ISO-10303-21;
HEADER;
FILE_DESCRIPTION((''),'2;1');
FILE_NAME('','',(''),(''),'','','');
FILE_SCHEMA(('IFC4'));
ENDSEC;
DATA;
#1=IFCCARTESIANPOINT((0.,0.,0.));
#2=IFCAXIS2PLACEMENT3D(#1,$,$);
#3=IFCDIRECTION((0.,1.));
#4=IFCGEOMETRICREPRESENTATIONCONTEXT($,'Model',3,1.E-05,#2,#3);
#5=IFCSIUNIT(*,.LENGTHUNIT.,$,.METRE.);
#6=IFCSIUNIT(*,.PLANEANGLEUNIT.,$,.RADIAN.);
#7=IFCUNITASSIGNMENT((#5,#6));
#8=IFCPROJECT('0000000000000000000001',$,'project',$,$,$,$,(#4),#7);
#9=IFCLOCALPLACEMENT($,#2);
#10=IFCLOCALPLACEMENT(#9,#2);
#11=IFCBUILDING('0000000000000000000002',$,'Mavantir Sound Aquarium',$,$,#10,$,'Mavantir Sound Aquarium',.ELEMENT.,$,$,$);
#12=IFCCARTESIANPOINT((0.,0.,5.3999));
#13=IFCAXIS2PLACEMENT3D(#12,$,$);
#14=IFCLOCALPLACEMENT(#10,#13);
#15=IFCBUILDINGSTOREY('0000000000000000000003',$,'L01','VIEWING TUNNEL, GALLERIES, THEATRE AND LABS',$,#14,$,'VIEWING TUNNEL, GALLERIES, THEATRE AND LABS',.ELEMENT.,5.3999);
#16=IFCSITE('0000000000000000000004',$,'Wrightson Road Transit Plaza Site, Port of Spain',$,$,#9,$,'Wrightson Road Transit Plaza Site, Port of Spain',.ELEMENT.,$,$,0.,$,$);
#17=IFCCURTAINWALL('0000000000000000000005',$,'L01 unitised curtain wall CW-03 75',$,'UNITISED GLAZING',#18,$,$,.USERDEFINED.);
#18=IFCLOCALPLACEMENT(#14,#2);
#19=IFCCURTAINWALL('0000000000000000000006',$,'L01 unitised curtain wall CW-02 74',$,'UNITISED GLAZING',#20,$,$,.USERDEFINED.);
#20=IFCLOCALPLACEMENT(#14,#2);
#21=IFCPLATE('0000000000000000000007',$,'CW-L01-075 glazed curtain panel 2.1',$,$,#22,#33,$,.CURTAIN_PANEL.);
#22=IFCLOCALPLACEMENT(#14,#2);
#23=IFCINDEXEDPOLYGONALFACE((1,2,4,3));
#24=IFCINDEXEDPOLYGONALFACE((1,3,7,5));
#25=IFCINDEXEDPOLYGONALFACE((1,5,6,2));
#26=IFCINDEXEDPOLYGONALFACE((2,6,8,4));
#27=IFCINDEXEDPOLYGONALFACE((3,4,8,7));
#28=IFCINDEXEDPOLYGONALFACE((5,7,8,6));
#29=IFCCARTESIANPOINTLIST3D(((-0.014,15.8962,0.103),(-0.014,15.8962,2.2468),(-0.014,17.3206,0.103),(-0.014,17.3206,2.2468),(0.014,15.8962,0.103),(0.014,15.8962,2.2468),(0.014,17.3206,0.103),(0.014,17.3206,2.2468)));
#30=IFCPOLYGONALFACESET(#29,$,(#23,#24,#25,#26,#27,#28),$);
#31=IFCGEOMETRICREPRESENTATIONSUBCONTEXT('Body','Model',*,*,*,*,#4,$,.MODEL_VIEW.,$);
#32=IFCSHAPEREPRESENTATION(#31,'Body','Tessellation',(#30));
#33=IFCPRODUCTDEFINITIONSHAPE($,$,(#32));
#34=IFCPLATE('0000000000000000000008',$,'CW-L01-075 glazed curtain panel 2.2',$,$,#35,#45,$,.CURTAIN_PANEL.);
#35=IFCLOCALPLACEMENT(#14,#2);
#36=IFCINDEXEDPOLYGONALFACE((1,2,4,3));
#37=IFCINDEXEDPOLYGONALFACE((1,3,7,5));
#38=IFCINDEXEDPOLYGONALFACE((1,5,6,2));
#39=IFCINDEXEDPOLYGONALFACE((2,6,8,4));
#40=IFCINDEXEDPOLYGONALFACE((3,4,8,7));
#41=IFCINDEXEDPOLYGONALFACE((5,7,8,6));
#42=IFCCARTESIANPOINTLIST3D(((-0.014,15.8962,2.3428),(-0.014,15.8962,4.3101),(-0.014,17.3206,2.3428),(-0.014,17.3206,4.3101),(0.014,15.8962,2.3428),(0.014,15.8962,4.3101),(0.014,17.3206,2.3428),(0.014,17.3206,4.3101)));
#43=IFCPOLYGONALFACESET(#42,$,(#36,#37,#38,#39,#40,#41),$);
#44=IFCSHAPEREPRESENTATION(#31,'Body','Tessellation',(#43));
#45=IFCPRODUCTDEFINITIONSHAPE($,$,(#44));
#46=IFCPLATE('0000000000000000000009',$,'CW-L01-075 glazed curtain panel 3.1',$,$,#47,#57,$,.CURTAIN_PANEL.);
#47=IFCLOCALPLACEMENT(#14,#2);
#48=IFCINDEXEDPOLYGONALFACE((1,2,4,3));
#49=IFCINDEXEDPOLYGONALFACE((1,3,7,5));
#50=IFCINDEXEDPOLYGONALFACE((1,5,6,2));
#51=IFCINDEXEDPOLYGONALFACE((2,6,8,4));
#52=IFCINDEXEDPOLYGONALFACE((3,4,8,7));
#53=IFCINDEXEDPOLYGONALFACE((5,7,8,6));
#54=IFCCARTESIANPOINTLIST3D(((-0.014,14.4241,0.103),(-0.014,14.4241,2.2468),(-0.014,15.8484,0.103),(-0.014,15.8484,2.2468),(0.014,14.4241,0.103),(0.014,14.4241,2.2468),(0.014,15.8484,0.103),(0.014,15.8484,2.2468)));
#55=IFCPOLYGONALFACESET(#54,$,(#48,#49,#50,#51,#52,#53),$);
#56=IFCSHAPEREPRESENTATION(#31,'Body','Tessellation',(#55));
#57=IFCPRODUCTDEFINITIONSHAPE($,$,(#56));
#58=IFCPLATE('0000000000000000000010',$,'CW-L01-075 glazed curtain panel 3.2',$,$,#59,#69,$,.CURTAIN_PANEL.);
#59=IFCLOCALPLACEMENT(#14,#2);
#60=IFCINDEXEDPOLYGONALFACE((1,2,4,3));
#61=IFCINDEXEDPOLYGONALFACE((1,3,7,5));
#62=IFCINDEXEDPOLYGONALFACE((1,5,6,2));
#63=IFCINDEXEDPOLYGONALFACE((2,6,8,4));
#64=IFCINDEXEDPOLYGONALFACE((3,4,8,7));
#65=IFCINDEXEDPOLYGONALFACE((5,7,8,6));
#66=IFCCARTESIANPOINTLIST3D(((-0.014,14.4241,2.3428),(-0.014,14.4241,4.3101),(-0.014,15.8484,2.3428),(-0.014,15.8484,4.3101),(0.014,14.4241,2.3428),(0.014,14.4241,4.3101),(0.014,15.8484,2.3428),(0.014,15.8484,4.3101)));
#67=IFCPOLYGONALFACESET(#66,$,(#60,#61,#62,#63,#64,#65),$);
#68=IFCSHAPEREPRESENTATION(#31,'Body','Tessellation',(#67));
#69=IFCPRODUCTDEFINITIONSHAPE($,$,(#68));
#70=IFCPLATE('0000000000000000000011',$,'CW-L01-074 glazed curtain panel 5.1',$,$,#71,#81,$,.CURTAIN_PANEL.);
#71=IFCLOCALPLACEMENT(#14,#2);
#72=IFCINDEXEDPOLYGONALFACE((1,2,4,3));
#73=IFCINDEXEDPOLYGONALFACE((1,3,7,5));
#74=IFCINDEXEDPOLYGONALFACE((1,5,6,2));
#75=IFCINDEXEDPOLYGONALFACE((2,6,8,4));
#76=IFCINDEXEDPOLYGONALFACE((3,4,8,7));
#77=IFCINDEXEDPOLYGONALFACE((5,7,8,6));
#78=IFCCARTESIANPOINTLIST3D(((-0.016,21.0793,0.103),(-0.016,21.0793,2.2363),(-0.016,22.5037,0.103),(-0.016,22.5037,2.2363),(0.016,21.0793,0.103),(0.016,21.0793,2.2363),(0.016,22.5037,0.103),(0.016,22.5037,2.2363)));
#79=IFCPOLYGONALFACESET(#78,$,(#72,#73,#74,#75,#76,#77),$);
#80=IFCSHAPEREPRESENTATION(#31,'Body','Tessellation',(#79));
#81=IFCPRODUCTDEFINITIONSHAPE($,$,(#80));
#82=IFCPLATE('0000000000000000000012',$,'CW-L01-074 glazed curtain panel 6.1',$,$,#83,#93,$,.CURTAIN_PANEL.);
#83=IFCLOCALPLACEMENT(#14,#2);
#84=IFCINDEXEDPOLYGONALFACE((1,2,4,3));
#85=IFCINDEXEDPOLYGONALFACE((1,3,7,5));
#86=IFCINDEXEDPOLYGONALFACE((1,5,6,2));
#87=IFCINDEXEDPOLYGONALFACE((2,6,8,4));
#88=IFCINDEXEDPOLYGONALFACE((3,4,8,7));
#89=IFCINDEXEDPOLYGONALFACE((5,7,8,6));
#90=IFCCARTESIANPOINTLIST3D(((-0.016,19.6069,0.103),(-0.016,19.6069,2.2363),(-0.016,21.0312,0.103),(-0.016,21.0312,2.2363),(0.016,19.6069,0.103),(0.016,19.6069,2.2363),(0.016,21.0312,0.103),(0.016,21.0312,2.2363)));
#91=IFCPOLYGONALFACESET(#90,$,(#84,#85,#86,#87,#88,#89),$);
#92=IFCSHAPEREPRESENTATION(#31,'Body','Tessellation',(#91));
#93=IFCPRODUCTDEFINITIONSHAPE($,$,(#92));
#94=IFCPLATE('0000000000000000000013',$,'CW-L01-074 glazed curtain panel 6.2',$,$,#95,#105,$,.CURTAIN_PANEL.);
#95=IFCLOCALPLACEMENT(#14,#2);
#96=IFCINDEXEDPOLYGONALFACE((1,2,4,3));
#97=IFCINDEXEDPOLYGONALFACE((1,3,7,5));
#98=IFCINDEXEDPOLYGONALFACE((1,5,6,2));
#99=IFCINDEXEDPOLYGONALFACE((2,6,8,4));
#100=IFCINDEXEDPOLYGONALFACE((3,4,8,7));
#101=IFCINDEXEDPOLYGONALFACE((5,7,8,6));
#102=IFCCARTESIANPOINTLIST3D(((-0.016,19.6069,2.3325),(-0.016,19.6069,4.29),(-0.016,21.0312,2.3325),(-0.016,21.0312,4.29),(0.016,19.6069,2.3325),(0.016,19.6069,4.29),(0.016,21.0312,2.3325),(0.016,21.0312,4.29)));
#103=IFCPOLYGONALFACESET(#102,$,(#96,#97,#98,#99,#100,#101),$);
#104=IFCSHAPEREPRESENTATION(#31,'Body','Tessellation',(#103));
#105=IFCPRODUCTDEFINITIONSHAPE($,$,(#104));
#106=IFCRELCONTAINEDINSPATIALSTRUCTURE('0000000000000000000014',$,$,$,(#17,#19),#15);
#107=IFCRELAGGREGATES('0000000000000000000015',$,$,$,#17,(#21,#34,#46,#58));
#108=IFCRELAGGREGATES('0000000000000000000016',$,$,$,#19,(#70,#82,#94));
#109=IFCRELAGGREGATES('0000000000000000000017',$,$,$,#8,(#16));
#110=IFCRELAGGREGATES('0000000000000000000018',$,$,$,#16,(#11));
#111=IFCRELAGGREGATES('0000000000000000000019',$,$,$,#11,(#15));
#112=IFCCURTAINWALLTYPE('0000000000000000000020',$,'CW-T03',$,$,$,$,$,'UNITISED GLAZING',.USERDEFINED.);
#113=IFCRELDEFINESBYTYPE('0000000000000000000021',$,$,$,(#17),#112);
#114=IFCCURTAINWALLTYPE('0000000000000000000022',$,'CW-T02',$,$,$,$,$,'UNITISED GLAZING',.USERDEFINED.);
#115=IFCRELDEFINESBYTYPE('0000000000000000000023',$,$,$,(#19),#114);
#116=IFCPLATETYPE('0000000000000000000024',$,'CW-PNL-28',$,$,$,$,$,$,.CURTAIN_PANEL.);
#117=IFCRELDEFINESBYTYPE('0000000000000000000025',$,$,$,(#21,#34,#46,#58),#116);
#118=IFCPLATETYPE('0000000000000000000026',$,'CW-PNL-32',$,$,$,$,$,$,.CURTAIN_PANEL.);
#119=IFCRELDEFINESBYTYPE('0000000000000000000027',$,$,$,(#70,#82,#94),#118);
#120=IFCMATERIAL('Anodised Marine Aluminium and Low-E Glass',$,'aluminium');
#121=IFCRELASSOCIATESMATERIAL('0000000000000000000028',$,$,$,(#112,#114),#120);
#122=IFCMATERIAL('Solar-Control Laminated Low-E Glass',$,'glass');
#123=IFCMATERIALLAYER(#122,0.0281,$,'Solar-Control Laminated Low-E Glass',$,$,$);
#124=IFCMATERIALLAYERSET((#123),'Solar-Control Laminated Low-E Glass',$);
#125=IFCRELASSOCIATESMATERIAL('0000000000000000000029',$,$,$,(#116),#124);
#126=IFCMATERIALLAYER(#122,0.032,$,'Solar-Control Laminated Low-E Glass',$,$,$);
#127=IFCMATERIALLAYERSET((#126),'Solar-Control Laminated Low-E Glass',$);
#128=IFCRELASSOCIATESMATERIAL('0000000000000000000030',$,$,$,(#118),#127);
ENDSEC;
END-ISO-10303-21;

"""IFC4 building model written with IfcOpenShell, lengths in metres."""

from ifc_helpers import new_model, si_unit, direction, frame, origin, origin_2d, place, context, subcontext, project, spatial, rectangle, extrude, material, layer, layer_set, type_object, element, aggregate, save


model = new_model("IFC4")

# Units and contexts
model_context = context("Model", 3, precision=1e-05, world=origin(), true_north=direction((0.0, 1.0)))
body_context = subcontext(model_context, "Body", "Model", "MODEL_VIEW")
ifc_project = project(units=[si_unit("LENGTHUNIT", "METRE"), si_unit("PLANEANGLEUNIT", "RADIAN")], contexts=[model_context])

# Site, building, storey
site_placement = place(None, origin())
site = spatial("IfcSite", under=ifc_project, at=site_placement, Name="Wrightson Road Transit Plaza Site, Port of Spain", LongName="Wrightson Road Transit Plaza Site, Port of Spain", CompositionType="ELEMENT", RefElevation=0.0)
building_placement = place(site_placement, origin())
building = spatial("IfcBuilding", under=site, at=building_placement, Name="Mavantir Sound Aquarium", LongName="Mavantir Sound Aquarium", CompositionType="ELEMENT")
storey_placement = place(building_placement, frame((0.0, 0.0, 5.3999)))
storey = spatial("IfcBuildingStorey", under=building, at=storey_placement, Name="L01", Description="VIEWING TUNNEL, GALLERIES, THEATRE AND LABS", LongName="VIEWING TUNNEL, GALLERIES, THEATRE AND LABS", CompositionType="ELEMENT", Elevation=5.3999)

# Curtain walls
ifc_material_1 = material(Name="Anodised Marine Aluminium and Low-E Glass", Category="aluminium")
curtain_wall_type_1 = type_object("IfcCurtainWallType", Name="CW-T03", ElementType="UNITISED GLAZING", PredefinedType="USERDEFINED", material=ifc_material_1)
curtain_wall_1_placement = place(storey_placement, origin())
curtain_wall_1 = element("IfcCurtainWall", 1, at=curtain_wall_1_placement, inside=storey, type_object=curtain_wall_type_1, Name="L01 unitised curtain wall CW-03 75", ObjectType="UNITISED GLAZING", PredefinedType="USERDEFINED")
curtain_wall_type_2 = type_object("IfcCurtainWallType", Name="CW-T02", ElementType="UNITISED GLAZING", PredefinedType="USERDEFINED", material=ifc_material_1)
curtain_wall_2_placement = place(storey_placement, origin())
curtain_wall_2 = element("IfcCurtainWall", 2, at=curtain_wall_2_placement, inside=storey, type_object=curtain_wall_type_2, Name="L01 unitised curtain wall CW-02 74", ObjectType="UNITISED GLAZING", PredefinedType="USERDEFINED")

# Plates
ifc_material_2 = material(Name="Solar-Control Laminated Low-E Glass", Category="glass")
ifc_layer_1 = layer(ifc_material_2, 0.0281, Name="Solar-Control Laminated Low-E Glass")
ifc_layer_set_1 = layer_set([ifc_layer_1], Name="Solar-Control Laminated Low-E Glass")
plate_type_1 = type_object("IfcPlateType", Name="CW-PNL-28", PredefinedType="CURTAIN_PANEL", material=ifc_layer_set_1)
plate_1_placement = place(storey_placement, frame((0.0, 16.6084, 0.103), z_axis=(0.0, 0.0, 1.0), x_axis=(0.0, -1.0, 0.0)))
plate_1 = element("IfcPlate", 3, at=plate_1_placement, type_object=plate_type_1, Name="CW-L01-075 glazed curtain panel 2.1", PredefinedType="CURTAIN_PANEL", context=body_context, shape_type="SweptSolid", body=[
    extrude(rectangle(XDim=1.4243, YDim=0.0281, at=origin_2d()), origin(), (0.0, 0.0, 1.0), 2.1438),
])
plate_2_placement = place(storey_placement, frame((0.0, 16.6084, 2.3428), z_axis=(0.0, 0.0, 1.0), x_axis=(0.0, -1.0, 0.0)))
plate_2 = element("IfcPlate", 4, at=plate_2_placement, type_object=plate_type_1, Name="CW-L01-075 glazed curtain panel 2.2", PredefinedType="CURTAIN_PANEL", context=body_context, shape_type="SweptSolid", body=[
    extrude(rectangle(XDim=1.4243, YDim=0.0281, at=origin_2d()), origin(), (0.0, 0.0, 1.0), 1.9673),
])
plate_3_placement = place(storey_placement, frame((0.0, 15.1362, 0.103), z_axis=(0.0, 0.0, 1.0), x_axis=(0.0, -1.0, 0.0)))
plate_3 = element("IfcPlate", 5, at=plate_3_placement, type_object=plate_type_1, Name="CW-L01-075 glazed curtain panel 3.1", PredefinedType="CURTAIN_PANEL", context=body_context, shape_type="SweptSolid", body=[
    extrude(rectangle(XDim=1.4243, YDim=0.0281, at=origin_2d()), origin(), (0.0, 0.0, 1.0), 2.1438),
])
plate_4_placement = place(storey_placement, frame((0.0, 15.1362, 2.3428), z_axis=(0.0, 0.0, 1.0), x_axis=(0.0, -1.0, 0.0)))
plate_4 = element("IfcPlate", 6, at=plate_4_placement, type_object=plate_type_1, Name="CW-L01-075 glazed curtain panel 3.2", PredefinedType="CURTAIN_PANEL", context=body_context, shape_type="SweptSolid", body=[
    extrude(rectangle(XDim=1.4243, YDim=0.0281, at=origin_2d()), origin(), (0.0, 0.0, 1.0), 1.9673),
])
aggregate(curtain_wall_1, [plate_1, plate_2, plate_3, plate_4])
ifc_layer_2 = layer(ifc_material_2, 0.032, Name="Solar-Control Laminated Low-E Glass")
ifc_layer_set_2 = layer_set([ifc_layer_2], Name="Solar-Control Laminated Low-E Glass")
plate_type_2 = type_object("IfcPlateType", Name="CW-PNL-32", PredefinedType="CURTAIN_PANEL", material=ifc_layer_set_2)
plate_5_placement = place(storey_placement, frame((0.0, 21.7915, 0.103), z_axis=(0.0, 0.0, 1.0), x_axis=(0.0, -1.0, 0.0)))
plate_5 = element("IfcPlate", 7, at=plate_5_placement, type_object=plate_type_2, Name="CW-L01-074 glazed curtain panel 5.1", PredefinedType="CURTAIN_PANEL", context=body_context, shape_type="SweptSolid", body=[
    extrude(rectangle(XDim=1.4243, YDim=0.032, at=origin_2d()), origin(), (0.0, 0.0, 1.0), 2.1333),
])
plate_6_placement = place(storey_placement, frame((0.0, 20.3191, 0.103), z_axis=(0.0, 0.0, 1.0), x_axis=(0.0, -1.0, 0.0)))
plate_6 = element("IfcPlate", 8, at=plate_6_placement, type_object=plate_type_2, Name="CW-L01-074 glazed curtain panel 6.1", PredefinedType="CURTAIN_PANEL", context=body_context, shape_type="SweptSolid", body=[
    extrude(rectangle(XDim=1.4243, YDim=0.032, at=origin_2d()), origin(), (0.0, 0.0, 1.0), 2.1333),
])
plate_7_placement = place(storey_placement, frame((0.0, 20.3191, 2.3325), z_axis=(0.0, 0.0, 1.0), x_axis=(0.0, -1.0, 0.0)))
plate_7 = element("IfcPlate", 9, at=plate_7_placement, type_object=plate_type_2, Name="CW-L01-074 glazed curtain panel 6.2", PredefinedType="CURTAIN_PANEL", context=body_context, shape_type="SweptSolid", body=[
    extrude(rectangle(XDim=1.4243, YDim=0.032, at=origin_2d()), origin(), (0.0, 0.0, 1.0), 1.9575),
])
aggregate(curtain_wall_2, [plate_5, plate_6, plate_7])

save(model, "model.ifc")
